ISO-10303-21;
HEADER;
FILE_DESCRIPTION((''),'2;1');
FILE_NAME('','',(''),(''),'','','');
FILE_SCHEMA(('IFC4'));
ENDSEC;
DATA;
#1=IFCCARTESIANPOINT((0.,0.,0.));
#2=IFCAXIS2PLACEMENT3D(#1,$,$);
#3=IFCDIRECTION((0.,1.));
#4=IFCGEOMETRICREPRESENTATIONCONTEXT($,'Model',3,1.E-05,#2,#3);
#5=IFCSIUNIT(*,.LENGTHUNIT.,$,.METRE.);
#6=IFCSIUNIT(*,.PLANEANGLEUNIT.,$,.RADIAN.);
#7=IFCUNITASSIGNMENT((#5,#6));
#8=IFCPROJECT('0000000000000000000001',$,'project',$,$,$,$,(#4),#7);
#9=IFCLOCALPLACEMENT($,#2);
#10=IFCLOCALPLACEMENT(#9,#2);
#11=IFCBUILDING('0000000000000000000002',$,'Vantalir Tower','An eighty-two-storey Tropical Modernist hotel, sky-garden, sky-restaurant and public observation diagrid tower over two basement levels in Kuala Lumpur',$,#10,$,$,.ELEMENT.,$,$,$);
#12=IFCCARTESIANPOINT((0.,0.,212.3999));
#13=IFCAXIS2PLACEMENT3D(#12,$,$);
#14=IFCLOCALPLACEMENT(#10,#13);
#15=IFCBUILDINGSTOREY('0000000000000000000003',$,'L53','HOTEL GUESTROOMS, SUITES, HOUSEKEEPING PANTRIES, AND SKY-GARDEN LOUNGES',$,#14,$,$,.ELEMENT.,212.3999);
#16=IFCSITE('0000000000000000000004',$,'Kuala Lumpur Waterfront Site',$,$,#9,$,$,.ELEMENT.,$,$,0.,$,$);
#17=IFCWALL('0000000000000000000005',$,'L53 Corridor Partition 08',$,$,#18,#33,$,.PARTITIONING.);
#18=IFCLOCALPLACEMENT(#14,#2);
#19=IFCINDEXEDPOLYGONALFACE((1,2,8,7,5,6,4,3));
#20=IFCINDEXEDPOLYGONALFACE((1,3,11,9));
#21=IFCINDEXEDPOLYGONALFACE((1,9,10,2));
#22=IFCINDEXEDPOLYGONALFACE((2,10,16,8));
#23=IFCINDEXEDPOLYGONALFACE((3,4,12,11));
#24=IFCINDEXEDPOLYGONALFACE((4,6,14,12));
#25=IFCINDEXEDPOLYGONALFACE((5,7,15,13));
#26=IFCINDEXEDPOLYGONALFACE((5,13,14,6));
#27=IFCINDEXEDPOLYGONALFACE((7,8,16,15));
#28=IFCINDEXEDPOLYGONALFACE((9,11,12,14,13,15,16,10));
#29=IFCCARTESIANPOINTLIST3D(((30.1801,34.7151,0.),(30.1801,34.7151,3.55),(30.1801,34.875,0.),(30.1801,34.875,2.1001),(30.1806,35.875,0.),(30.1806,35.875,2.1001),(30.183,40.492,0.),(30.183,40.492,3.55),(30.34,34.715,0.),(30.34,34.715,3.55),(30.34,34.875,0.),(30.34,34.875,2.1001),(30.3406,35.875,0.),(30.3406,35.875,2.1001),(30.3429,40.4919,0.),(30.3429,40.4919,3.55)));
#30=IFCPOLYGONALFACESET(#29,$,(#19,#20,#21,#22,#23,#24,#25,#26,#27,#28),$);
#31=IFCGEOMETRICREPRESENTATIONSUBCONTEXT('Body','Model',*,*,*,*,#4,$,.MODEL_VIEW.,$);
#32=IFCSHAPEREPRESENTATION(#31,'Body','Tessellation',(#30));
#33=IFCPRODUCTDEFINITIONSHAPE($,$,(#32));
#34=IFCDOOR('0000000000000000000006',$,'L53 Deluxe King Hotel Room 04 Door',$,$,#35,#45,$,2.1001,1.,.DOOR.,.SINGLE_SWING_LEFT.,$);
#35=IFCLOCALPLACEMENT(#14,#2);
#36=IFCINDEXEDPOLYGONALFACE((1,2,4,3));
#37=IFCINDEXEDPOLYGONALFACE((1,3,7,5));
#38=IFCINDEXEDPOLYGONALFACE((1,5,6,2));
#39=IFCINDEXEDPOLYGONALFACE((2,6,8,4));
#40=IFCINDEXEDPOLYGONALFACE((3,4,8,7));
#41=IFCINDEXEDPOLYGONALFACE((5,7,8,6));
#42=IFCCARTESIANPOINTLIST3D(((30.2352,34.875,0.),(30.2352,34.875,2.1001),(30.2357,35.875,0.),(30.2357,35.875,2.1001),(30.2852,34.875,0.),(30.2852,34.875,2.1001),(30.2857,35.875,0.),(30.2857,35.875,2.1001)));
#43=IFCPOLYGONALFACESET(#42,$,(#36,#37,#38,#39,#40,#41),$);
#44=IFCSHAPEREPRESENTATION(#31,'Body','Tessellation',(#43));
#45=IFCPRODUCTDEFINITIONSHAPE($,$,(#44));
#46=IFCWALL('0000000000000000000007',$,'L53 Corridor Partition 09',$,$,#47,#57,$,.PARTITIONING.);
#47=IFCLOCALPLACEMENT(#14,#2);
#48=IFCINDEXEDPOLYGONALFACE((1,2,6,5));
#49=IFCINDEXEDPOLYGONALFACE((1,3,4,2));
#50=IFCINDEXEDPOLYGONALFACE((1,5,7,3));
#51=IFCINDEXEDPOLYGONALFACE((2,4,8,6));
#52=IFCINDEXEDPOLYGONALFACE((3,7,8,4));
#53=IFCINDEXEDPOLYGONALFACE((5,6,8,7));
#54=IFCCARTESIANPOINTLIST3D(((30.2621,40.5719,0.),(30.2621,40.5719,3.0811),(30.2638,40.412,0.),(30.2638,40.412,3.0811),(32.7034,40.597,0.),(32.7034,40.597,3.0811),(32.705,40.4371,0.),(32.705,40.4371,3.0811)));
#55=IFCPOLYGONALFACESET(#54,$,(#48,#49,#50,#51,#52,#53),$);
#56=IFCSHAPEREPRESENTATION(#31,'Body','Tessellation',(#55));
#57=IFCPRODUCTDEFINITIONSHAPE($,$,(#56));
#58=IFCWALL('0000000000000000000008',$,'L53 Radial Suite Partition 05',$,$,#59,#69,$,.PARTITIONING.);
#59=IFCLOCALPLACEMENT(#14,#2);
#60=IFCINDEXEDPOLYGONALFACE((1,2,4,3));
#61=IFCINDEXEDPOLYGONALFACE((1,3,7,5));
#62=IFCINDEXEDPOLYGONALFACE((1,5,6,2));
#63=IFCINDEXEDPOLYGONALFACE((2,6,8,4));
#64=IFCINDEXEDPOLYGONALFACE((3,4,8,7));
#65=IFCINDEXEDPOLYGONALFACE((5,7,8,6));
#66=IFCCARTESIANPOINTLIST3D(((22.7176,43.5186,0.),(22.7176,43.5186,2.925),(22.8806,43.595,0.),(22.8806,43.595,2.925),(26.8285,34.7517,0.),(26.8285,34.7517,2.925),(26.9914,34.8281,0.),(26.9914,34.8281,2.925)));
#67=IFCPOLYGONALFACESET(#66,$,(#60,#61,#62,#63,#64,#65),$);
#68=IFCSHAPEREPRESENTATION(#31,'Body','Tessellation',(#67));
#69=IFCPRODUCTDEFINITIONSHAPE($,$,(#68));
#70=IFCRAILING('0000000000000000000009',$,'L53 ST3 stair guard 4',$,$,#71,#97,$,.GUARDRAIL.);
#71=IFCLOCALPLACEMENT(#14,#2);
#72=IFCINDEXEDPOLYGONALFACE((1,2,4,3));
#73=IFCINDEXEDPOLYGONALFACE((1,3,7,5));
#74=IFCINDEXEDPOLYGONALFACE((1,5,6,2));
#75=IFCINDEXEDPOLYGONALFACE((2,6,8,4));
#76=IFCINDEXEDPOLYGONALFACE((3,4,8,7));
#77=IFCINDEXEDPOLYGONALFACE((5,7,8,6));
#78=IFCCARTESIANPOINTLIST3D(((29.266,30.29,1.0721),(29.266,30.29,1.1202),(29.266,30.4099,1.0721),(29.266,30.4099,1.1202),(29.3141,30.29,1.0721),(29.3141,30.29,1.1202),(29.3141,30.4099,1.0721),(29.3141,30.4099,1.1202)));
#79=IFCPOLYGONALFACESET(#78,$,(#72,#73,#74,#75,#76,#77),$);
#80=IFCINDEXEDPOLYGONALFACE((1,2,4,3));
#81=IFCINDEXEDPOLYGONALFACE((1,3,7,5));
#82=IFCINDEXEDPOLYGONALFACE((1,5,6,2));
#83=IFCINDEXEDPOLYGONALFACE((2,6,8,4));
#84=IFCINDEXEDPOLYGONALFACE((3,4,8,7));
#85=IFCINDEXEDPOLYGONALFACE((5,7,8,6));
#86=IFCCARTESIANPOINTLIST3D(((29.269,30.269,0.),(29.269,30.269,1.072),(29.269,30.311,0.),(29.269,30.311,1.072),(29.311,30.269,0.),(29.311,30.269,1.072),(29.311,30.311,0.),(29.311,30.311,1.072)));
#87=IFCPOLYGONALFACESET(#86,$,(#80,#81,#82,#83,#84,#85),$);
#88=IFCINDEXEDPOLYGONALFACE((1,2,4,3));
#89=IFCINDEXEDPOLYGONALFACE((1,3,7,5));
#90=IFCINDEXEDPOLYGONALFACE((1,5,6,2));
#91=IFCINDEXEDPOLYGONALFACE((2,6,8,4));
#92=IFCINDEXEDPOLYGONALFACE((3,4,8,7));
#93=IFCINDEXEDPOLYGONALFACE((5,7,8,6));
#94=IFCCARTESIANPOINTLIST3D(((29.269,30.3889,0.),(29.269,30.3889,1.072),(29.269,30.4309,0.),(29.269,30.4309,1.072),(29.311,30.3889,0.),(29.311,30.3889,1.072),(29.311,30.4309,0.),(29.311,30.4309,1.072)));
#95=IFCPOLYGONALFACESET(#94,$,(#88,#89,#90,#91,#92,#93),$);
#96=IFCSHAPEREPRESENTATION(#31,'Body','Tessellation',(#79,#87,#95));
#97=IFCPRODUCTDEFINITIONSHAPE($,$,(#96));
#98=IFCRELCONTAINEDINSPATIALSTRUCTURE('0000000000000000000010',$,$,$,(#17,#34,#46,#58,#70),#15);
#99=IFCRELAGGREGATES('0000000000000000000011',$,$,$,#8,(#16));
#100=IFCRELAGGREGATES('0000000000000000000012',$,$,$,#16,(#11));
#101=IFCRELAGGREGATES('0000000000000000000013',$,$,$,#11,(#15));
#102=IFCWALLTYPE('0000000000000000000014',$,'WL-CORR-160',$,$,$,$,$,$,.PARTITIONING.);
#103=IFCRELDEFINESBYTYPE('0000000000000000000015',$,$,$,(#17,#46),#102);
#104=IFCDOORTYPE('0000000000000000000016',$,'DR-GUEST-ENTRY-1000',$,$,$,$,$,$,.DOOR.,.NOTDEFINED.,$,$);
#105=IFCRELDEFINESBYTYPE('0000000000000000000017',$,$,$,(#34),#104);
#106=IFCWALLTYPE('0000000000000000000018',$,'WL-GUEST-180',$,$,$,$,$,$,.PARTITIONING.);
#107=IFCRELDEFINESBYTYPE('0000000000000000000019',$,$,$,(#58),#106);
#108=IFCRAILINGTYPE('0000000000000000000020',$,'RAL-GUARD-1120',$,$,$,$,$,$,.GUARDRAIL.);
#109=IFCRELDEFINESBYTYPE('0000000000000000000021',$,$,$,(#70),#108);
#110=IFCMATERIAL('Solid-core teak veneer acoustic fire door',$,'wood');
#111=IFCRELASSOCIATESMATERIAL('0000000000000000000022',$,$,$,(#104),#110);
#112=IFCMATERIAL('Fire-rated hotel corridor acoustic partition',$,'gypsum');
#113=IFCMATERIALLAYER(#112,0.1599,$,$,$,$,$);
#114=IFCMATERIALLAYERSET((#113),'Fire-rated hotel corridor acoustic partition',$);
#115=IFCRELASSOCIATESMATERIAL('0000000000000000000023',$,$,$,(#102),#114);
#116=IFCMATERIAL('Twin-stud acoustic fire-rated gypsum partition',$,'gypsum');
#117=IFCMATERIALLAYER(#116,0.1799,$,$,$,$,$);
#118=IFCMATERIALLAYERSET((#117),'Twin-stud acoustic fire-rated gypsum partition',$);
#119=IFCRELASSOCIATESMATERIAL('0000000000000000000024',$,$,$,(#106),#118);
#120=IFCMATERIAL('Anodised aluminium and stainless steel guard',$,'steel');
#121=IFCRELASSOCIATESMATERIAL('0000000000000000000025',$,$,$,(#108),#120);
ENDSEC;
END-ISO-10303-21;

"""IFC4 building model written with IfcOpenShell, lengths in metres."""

from ifc_helpers import new_model, si_unit, direction, frame, frame_2d, origin, origin_2d, place, context, subcontext, project, spatial, rectangle, extrude, material, layer, layer_set, type_object, element, fill, save


model = new_model("IFC4")

# Units and contexts
model_context = context("Model", 3, precision=1e-05, world=origin(), true_north=direction((0.0, 1.0)))
body_context = subcontext(model_context, "Body", "Model", "MODEL_VIEW")
ifc_project = project(units=[si_unit("LENGTHUNIT", "METRE"), si_unit("PLANEANGLEUNIT", "RADIAN")], contexts=[model_context])

# Site, building, storey
site_placement = place(None, origin())
site = spatial("IfcSite", under=ifc_project, at=site_placement, Name="Kuala Lumpur Waterfront Site", CompositionType="ELEMENT", RefElevation=0.0)
building_placement = place(site_placement, origin())
building = spatial("IfcBuilding", under=site, at=building_placement, Name="Vantalir Tower", Description="An eighty-two-storey Tropical Modernist hotel, sky-garden, sky-restaurant and public observation diagrid tower over two basement levels in Kuala Lumpur", CompositionType="ELEMENT")
storey_placement = place(building_placement, frame((0.0, 0.0, 212.3999)))
storey = spatial("IfcBuildingStorey", under=building, at=storey_placement, Name="L53", Description="HOTEL GUESTROOMS, SUITES, HOUSEKEEPING PANTRIES, AND SKY-GARDEN LOUNGES", CompositionType="ELEMENT", Elevation=212.3999)

# Shared definitions
ifc_material_1 = material(Name="Solid-core teak veneer acoustic fire door", Category="wood")
door_type_1 = type_object("IfcDoorType", Name="DR-GUEST-ENTRY-1000", OperationType="NOTDEFINED", PredefinedType="DOOR", material=ifc_material_1)

# Shared definitions
ifc_material_2 = material(Name="Fire-rated hotel corridor acoustic partition", Category="gypsum")
ifc_layer_1 = layer(ifc_material_2, 0.1599)
ifc_layer_set_1 = layer_set([ifc_layer_1], Name="Fire-rated hotel corridor acoustic partition")
wall_type_1 = type_object("IfcWallType", Name="WL-CORR-160", PredefinedType="PARTITIONING", material=ifc_layer_set_1)

# Wall, opening, door
wall_1_placement = place(storey_placement, frame((30.26, 34.7151, 0.0), z_axis=(0.0, 0.0, 1.0), x_axis=(0.000507, 1.0, 0.0)))
wall_1 = element("IfcWall", 1, at=wall_1_placement, inside=storey, type_object=wall_type_1, Name="L53 Corridor Partition 08", PredefinedType="PARTITIONING", context=body_context, shape_type="SweptSolid", body=[
    extrude(rectangle(XDim=5.7769, YDim=0.1599, at=frame_2d((2.8884, 0.0))), origin(), (0.0, 0.0, 1.0), 3.55),
])
opening_1_placement = place(wall_1_placement, frame((0.1599, 0.0, 0.0)))
opening_1 = element("IfcOpeningElement", 2, at=opening_1_placement, cuts=wall_1, PredefinedType="OPENING", context=body_context, shape_type="SweptSolid", body=[
    extrude(rectangle(XDim=1.0, YDim=2.1001, at=frame_2d((0.5, 1.05))), frame((0.0, 0.0898, 0.0), z_axis=(0.0, -1.0, 0.0), x_axis=(1.0, 0.0, 0.0)), (0.0, 0.0, 1.0), 0.1799),
])
door_1_placement = place(opening_1_placement, origin())
door_1 = element("IfcDoor", 3, at=door_1_placement, inside=storey, type_object=door_type_1, Name="L53 Deluxe King Hotel Room 04 Door", OperationType="SINGLE_SWING_LEFT", OverallHeight=2.1001, OverallWidth=1.0, PredefinedType="DOOR", context=body_context, shape_type="SweptSolid", body=[
    extrude(rectangle(XDim=1.0, YDim=2.1001, at=frame_2d((0.5, 1.05))), frame((0.0, 0.0249, 0.0), z_axis=(0.0, -1.0, 0.0), x_axis=(1.0, 0.0, 0.0)), (0.0, 0.0, 1.0), 0.05),
])
fill(opening_1, door_1)

# Walls
wall_2_placement = place(storey_placement, frame((30.2629, 40.4919, 0.0), z_axis=(0.0, 0.0, 1.0), x_axis=(0.999947, 0.0103, 0.0)))
element("IfcWall", 4, at=wall_2_placement, inside=storey, type_object=wall_type_1, Name="L53 Corridor Partition 09", PredefinedType="PARTITIONING", context=body_context, shape_type="SweptSolid", body=[
    extrude(rectangle(XDim=2.4414, YDim=0.1599, at=frame_2d((1.2207, 0.0))), origin(), (0.0, 0.0, 1.0), 3.0811),
])
ifc_material_3 = material(Name="Twin-stud acoustic fire-rated gypsum partition", Category="gypsum")
ifc_layer_2 = layer(ifc_material_3, 0.1799)
ifc_layer_set_2 = layer_set([ifc_layer_2], Name="Twin-stud acoustic fire-rated gypsum partition")
wall_type_2 = type_object("IfcWallType", Name="WL-GUEST-180", PredefinedType="PARTITIONING", material=ifc_layer_set_2)
wall_3_placement = place(storey_placement, frame((26.9099, 34.79, 0.0), z_axis=(0.0, 0.0, 1.0), x_axis=(-0.424551, 0.905404, 0.0)))
element("IfcWall", 5, at=wall_3_placement, inside=storey, type_object=wall_type_2, Name="L53 Radial Suite Partition 05", PredefinedType="PARTITIONING", context=body_context, shape_type="SweptSolid", body=[
    extrude(rectangle(XDim=9.6829, YDim=0.1799, at=frame_2d((4.8413, 0.0))), origin(), (0.0, 0.0, 1.0), 2.925),
])

# Railing
ifc_material_4 = material(Name="Anodised aluminium and stainless steel guard", Category="steel")
railing_type = type_object("IfcRailingType", Name="RAL-GUARD-1120", PredefinedType="GUARDRAIL", material=ifc_material_4)
railing_placement = place(storey_placement, frame((29.29, 30.29, 0.0)))
element("IfcRailing", 6, at=railing_placement, inside=storey, type_object=railing_type, Name="L53 ST3 stair guard 4", PredefinedType="GUARDRAIL", context=body_context, shape_type="SweptSolid", body=[
    extrude(rectangle(XDim=0.0481, YDim=0.0481, at=origin_2d()), frame((0.0, 0.0, 1.0962), z_axis=(0.0, 1.0, 0.0), x_axis=(-1.0, 0.0, 0.0)), (0.0, 0.0, 1.0), 0.1199),
    extrude(rectangle(XDim=0.042, YDim=0.042, at=origin_2d()), origin(), (0.0, 0.0, 1.0), 1.072),
    extrude(rectangle(XDim=0.042, YDim=0.042, at=origin_2d()), frame((0.0, 0.1199, 0.0)), (0.0, 0.0, 1.0), 1.072),
])

save(model, "model.ifc")
